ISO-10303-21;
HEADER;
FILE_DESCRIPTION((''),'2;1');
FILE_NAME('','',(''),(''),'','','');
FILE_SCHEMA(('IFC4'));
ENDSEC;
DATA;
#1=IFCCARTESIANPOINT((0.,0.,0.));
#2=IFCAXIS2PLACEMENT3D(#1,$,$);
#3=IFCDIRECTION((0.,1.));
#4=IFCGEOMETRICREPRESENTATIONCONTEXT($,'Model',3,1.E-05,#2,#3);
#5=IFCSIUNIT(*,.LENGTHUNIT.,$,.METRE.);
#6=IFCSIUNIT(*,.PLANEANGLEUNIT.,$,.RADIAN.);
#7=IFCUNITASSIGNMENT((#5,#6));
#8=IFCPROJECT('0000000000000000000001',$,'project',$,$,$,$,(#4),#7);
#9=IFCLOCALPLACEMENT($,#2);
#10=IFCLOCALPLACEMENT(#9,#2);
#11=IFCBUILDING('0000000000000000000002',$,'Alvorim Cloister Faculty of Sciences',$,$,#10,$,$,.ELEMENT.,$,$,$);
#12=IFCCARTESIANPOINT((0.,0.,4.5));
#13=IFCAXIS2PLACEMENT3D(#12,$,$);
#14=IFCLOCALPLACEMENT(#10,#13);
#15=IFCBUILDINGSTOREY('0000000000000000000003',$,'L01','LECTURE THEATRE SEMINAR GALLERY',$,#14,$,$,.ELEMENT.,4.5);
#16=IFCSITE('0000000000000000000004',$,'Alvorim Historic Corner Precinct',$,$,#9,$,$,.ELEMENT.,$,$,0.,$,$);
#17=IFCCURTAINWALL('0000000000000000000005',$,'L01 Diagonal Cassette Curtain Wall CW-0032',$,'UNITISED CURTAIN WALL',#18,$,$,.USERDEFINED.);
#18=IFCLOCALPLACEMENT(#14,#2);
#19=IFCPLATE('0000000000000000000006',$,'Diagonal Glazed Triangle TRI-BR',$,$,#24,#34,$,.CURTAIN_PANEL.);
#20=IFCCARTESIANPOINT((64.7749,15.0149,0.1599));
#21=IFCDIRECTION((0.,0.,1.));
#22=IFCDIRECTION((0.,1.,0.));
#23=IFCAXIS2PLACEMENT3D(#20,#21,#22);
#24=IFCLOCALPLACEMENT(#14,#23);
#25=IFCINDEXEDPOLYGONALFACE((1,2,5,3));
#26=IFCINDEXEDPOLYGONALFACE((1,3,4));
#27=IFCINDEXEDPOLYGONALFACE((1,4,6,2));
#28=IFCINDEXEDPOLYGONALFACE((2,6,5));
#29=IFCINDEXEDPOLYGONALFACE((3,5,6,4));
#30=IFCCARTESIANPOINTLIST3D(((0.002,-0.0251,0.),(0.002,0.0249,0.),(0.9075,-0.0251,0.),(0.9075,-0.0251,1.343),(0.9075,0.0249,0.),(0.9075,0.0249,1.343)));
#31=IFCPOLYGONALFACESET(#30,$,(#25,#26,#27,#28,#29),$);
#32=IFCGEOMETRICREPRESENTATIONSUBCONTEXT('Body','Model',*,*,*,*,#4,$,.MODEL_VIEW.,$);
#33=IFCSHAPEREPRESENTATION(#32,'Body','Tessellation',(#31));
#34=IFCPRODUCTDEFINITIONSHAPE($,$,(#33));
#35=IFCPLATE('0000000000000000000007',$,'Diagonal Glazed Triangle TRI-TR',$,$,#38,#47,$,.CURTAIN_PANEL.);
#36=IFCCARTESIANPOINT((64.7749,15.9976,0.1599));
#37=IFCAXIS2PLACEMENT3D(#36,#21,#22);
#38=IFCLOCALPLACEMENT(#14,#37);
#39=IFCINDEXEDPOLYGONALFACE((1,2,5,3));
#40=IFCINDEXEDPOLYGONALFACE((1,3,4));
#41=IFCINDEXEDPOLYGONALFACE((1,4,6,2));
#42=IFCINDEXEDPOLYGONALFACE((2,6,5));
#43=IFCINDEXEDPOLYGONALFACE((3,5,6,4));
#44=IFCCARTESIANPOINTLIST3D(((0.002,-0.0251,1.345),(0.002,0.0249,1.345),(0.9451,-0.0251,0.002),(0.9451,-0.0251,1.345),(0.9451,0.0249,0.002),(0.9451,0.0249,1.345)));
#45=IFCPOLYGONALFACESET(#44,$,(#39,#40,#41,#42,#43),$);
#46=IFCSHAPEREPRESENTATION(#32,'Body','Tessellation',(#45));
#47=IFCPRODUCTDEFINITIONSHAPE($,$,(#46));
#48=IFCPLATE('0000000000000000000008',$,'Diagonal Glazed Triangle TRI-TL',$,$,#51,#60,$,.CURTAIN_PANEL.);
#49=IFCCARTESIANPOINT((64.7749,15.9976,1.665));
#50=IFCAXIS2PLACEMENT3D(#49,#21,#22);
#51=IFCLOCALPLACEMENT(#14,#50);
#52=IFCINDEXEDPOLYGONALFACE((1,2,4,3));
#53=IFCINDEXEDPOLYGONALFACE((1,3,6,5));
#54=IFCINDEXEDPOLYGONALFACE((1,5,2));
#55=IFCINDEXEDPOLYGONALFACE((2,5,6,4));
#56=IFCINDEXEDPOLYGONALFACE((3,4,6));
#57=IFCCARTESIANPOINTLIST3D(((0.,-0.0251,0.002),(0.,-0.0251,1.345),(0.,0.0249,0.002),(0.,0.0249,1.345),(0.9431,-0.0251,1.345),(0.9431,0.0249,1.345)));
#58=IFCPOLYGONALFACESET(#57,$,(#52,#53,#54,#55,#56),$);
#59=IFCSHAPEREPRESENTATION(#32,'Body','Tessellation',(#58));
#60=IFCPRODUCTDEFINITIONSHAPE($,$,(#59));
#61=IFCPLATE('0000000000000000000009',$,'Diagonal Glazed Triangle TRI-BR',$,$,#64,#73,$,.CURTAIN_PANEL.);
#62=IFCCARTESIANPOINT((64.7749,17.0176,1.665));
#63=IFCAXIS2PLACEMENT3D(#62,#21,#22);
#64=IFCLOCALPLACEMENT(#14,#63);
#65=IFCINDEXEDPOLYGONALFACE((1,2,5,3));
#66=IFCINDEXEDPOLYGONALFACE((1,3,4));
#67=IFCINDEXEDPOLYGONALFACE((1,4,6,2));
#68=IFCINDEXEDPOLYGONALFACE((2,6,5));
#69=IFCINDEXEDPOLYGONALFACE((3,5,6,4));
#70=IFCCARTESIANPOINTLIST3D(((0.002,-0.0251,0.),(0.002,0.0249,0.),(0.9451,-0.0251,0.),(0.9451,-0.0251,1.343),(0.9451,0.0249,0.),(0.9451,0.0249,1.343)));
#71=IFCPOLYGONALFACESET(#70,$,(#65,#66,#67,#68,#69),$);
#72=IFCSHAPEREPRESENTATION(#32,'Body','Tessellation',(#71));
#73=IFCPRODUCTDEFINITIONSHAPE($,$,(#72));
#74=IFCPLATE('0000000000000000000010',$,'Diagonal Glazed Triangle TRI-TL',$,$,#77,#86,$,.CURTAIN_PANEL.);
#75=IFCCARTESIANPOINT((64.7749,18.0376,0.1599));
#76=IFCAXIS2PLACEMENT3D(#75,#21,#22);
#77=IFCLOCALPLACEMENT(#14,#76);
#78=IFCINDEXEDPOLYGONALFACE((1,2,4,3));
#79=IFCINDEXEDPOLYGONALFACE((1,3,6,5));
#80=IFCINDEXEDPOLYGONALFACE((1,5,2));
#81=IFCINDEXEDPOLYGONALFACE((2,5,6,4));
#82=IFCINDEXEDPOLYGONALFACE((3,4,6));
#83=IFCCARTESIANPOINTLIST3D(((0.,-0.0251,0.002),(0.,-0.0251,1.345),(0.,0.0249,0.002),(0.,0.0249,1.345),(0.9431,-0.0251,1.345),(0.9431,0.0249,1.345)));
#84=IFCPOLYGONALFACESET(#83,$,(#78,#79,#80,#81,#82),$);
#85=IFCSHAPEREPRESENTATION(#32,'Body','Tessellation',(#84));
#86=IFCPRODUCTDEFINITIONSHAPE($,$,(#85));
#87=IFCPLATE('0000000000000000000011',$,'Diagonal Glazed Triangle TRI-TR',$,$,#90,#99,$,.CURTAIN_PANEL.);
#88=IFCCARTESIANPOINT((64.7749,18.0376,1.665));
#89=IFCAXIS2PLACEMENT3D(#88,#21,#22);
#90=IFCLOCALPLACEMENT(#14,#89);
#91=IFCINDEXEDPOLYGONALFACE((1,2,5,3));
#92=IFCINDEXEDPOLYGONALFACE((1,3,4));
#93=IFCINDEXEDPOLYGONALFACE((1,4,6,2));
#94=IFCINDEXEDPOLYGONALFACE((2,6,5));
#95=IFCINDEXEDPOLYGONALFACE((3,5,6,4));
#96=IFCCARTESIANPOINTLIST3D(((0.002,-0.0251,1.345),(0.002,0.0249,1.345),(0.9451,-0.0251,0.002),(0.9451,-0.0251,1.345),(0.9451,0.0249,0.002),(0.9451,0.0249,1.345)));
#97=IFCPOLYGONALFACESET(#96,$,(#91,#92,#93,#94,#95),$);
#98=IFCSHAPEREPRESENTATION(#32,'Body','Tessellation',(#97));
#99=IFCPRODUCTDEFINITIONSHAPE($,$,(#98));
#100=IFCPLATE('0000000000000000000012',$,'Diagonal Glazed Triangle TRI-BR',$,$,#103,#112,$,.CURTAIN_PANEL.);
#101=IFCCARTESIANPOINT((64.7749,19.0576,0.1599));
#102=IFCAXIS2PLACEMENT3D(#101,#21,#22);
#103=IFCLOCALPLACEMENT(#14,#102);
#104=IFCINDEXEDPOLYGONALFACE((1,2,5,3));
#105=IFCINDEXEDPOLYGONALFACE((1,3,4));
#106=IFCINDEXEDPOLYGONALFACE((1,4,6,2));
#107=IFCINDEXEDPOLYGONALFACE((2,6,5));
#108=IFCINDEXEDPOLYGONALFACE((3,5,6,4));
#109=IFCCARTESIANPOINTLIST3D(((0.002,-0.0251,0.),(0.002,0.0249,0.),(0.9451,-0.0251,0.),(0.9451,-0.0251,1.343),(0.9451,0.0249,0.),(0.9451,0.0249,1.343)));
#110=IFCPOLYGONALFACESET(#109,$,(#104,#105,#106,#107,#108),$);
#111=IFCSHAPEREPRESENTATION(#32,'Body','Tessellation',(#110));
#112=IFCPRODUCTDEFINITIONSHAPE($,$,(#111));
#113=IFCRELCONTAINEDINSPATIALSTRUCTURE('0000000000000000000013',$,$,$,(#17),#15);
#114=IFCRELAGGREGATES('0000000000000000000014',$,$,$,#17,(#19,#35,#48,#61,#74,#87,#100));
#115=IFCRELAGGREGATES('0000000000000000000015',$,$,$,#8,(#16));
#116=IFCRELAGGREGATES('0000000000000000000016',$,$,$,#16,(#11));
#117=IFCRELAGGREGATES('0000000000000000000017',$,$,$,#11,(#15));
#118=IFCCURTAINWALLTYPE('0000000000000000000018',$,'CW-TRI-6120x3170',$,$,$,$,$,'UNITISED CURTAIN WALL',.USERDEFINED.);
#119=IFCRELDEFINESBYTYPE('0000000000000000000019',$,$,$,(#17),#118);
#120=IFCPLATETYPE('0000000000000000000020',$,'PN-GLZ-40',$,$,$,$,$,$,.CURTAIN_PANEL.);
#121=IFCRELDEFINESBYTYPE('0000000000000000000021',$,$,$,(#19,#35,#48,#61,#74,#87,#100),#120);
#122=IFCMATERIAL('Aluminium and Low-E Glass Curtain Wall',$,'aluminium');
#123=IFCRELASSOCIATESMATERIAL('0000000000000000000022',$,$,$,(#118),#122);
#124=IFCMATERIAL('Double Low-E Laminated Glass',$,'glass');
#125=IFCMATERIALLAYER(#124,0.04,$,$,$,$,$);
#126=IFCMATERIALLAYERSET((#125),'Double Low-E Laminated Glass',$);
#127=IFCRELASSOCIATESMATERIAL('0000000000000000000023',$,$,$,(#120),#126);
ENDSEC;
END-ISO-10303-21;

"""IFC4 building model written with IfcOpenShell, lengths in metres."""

from ifc_helpers import new_model, si_unit, direction, frame, origin, place, context, subcontext, project, spatial, polyline, outline, extrude, material, layer, layer_set, type_object, element, aggregate, save


model = new_model("IFC4")

# Units and contexts
model_context = context("Model", 3, precision=1e-05, world=origin(), true_north=direction((0.0, 1.0)))
body_context = subcontext(model_context, "Body", "Model", "MODEL_VIEW")
ifc_project = project(units=[si_unit("LENGTHUNIT", "METRE"), si_unit("PLANEANGLEUNIT", "RADIAN")], contexts=[model_context])

# Site, building, storey
site_placement = place(None, origin())
site = spatial("IfcSite", under=ifc_project, at=site_placement, Name="Alvorim Historic Corner Precinct", CompositionType="ELEMENT", RefElevation=0.0)
building_placement = place(site_placement, origin())
building = spatial("IfcBuilding", under=site, at=building_placement, Name="Alvorim Cloister Faculty of Sciences", CompositionType="ELEMENT")
storey_placement = place(building_placement, frame((0.0, 0.0, 4.5)))
storey = spatial("IfcBuildingStorey", under=building, at=storey_placement, Name="L01", Description="LECTURE THEATRE SEMINAR GALLERY", CompositionType="ELEMENT", Elevation=4.5)

# Curtain wall, plates
ifc_material_1 = material(Name="Aluminium and Low-E Glass Curtain Wall", Category="aluminium")
curtain_wall_type = type_object("IfcCurtainWallType", Name="CW-TRI-6120x3170", ElementType="UNITISED CURTAIN WALL", PredefinedType="USERDEFINED", material=ifc_material_1)
curtain_wall_placement = place(storey_placement, origin())
curtain_wall = element("IfcCurtainWall", 1, at=curtain_wall_placement, inside=storey, type_object=curtain_wall_type, Name="L01 Diagonal Cassette Curtain Wall CW-0032", ObjectType="UNITISED CURTAIN WALL", PredefinedType="USERDEFINED")
ifc_material_2 = material(Name="Double Low-E Laminated Glass", Category="glass")
ifc_layer = layer(ifc_material_2, 0.04)
ifc_layer_set = layer_set([ifc_layer], Name="Double Low-E Laminated Glass")
plate_type = type_object("IfcPlateType", Name="PN-GLZ-40", PredefinedType="CURTAIN_PANEL", material=ifc_layer_set)
plate_1_placement = place(storey_placement, frame((64.7749, 15.0149, 0.1599), z_axis=(0.0, 0.0, 1.0), x_axis=(0.0, 1.0, 0.0)))
plate_1 = element("IfcPlate", 2, at=plate_1_placement, type_object=plate_type, Name="Diagonal Glazed Triangle TRI-BR", PredefinedType="CURTAIN_PANEL", context=body_context, shape_type="SweptSolid", body=[
    extrude(outline(polyline([(0.002, 0.0), (0.9075, 0.0), (0.9075, 1.343), (0.002, 0.0)])), frame((0.0, 0.0249, 0.0), z_axis=(0.0, -1.0, 0.0), x_axis=(1.0, 0.0, 0.0)), (0.0, 0.0, 1.0), 0.05),
])
plate_2_placement = place(storey_placement, frame((64.7749, 15.9976, 0.1599), z_axis=(0.0, 0.0, 1.0), x_axis=(0.0, 1.0, 0.0)))
plate_2 = element("IfcPlate", 3, at=plate_2_placement, type_object=plate_type, Name="Diagonal Glazed Triangle TRI-TR", PredefinedType="CURTAIN_PANEL", context=body_context, shape_type="SweptSolid", body=[
    extrude(outline(polyline([(0.9451, 0.002), (0.9451, 1.345), (0.002, 1.345), (0.9451, 0.002)])), frame((0.0, 0.0249, 0.0), z_axis=(0.0, -1.0, 0.0), x_axis=(1.0, 0.0, 0.0)), (0.0, 0.0, 1.0), 0.05),
])
plate_3_placement = place(storey_placement, frame((64.7749, 15.9976, 1.665), z_axis=(0.0, 0.0, 1.0), x_axis=(0.0, 1.0, 0.0)))
plate_3 = element("IfcPlate", 4, at=plate_3_placement, type_object=plate_type, Name="Diagonal Glazed Triangle TRI-TL", PredefinedType="CURTAIN_PANEL", context=body_context, shape_type="SweptSolid", body=[
    extrude(outline(polyline([(0.9431, 1.345), (0.0, 1.345), (0.0, 0.002), (0.9431, 1.345)])), frame((0.0, 0.0249, 0.0), z_axis=(0.0, -1.0, 0.0), x_axis=(1.0, 0.0, 0.0)), (0.0, 0.0, 1.0), 0.05),
])
plate_4_placement = place(storey_placement, frame((64.7749, 17.0176, 1.665), z_axis=(0.0, 0.0, 1.0), x_axis=(0.0, 1.0, 0.0)))
plate_4 = element("IfcPlate", 5, at=plate_4_placement, type_object=plate_type, Name="Diagonal Glazed Triangle TRI-BR", PredefinedType="CURTAIN_PANEL", context=body_context, shape_type="SweptSolid", body=[
    extrude(outline(polyline([(0.002, 0.0), (0.9451, 0.0), (0.9451, 1.343), (0.002, 0.0)])), frame((0.0, 0.0249, 0.0), z_axis=(0.0, -1.0, 0.0), x_axis=(1.0, 0.0, 0.0)), (0.0, 0.0, 1.0), 0.05),
])
plate_5_placement = place(storey_placement, frame((64.7749, 18.0376, 0.1599), z_axis=(0.0, 0.0, 1.0), x_axis=(0.0, 1.0, 0.0)))
plate_5 = element("IfcPlate", 6, at=plate_5_placement, type_object=plate_type, Name="Diagonal Glazed Triangle TRI-TL", PredefinedType="CURTAIN_PANEL", context=body_context, shape_type="SweptSolid", body=[
    extrude(outline(polyline([(0.9431, 1.345), (0.0, 1.345), (0.0, 0.002), (0.9431, 1.345)])), frame((0.0, 0.0249, 0.0), z_axis=(0.0, -1.0, 0.0), x_axis=(1.0, 0.0, 0.0)), (0.0, 0.0, 1.0), 0.05),
])
plate_6_placement = place(storey_placement, frame((64.7749, 18.0376, 1.665), z_axis=(0.0, 0.0, 1.0), x_axis=(0.0, 1.0, 0.0)))
plate_6 = element("IfcPlate", 7, at=plate_6_placement, type_object=plate_type, Name="Diagonal Glazed Triangle TRI-TR", PredefinedType="CURTAIN_PANEL", context=body_context, shape_type="SweptSolid", body=[
    extrude(outline(polyline([(0.9451, 0.002), (0.9451, 1.345), (0.002, 1.345), (0.9451, 0.002)])), frame((0.0, 0.0249, 0.0), z_axis=(0.0, -1.0, 0.0), x_axis=(1.0, 0.0, 0.0)), (0.0, 0.0, 1.0), 0.05),
])
plate_7_placement = place(storey_placement, frame((64.7749, 19.0576, 0.1599), z_axis=(0.0, 0.0, 1.0), x_axis=(0.0, 1.0, 0.0)))
plate_7 = element("IfcPlate", 8, at=plate_7_placement, type_object=plate_type, Name="Diagonal Glazed Triangle TRI-BR", PredefinedType="CURTAIN_PANEL", context=body_context, shape_type="SweptSolid", body=[
    extrude(outline(polyline([(0.002, 0.0), (0.9451, 0.0), (0.9451, 1.343), (0.002, 0.0)])), frame((0.0, 0.0249, 0.0), z_axis=(0.0, -1.0, 0.0), x_axis=(1.0, 0.0, 0.0)), (0.0, 0.0, 1.0), 0.05),
])
aggregate(curtain_wall, [plate_1, plate_2, plate_3, plate_4, plate_5, plate_6, plate_7])

save(model, "model.ifc")
